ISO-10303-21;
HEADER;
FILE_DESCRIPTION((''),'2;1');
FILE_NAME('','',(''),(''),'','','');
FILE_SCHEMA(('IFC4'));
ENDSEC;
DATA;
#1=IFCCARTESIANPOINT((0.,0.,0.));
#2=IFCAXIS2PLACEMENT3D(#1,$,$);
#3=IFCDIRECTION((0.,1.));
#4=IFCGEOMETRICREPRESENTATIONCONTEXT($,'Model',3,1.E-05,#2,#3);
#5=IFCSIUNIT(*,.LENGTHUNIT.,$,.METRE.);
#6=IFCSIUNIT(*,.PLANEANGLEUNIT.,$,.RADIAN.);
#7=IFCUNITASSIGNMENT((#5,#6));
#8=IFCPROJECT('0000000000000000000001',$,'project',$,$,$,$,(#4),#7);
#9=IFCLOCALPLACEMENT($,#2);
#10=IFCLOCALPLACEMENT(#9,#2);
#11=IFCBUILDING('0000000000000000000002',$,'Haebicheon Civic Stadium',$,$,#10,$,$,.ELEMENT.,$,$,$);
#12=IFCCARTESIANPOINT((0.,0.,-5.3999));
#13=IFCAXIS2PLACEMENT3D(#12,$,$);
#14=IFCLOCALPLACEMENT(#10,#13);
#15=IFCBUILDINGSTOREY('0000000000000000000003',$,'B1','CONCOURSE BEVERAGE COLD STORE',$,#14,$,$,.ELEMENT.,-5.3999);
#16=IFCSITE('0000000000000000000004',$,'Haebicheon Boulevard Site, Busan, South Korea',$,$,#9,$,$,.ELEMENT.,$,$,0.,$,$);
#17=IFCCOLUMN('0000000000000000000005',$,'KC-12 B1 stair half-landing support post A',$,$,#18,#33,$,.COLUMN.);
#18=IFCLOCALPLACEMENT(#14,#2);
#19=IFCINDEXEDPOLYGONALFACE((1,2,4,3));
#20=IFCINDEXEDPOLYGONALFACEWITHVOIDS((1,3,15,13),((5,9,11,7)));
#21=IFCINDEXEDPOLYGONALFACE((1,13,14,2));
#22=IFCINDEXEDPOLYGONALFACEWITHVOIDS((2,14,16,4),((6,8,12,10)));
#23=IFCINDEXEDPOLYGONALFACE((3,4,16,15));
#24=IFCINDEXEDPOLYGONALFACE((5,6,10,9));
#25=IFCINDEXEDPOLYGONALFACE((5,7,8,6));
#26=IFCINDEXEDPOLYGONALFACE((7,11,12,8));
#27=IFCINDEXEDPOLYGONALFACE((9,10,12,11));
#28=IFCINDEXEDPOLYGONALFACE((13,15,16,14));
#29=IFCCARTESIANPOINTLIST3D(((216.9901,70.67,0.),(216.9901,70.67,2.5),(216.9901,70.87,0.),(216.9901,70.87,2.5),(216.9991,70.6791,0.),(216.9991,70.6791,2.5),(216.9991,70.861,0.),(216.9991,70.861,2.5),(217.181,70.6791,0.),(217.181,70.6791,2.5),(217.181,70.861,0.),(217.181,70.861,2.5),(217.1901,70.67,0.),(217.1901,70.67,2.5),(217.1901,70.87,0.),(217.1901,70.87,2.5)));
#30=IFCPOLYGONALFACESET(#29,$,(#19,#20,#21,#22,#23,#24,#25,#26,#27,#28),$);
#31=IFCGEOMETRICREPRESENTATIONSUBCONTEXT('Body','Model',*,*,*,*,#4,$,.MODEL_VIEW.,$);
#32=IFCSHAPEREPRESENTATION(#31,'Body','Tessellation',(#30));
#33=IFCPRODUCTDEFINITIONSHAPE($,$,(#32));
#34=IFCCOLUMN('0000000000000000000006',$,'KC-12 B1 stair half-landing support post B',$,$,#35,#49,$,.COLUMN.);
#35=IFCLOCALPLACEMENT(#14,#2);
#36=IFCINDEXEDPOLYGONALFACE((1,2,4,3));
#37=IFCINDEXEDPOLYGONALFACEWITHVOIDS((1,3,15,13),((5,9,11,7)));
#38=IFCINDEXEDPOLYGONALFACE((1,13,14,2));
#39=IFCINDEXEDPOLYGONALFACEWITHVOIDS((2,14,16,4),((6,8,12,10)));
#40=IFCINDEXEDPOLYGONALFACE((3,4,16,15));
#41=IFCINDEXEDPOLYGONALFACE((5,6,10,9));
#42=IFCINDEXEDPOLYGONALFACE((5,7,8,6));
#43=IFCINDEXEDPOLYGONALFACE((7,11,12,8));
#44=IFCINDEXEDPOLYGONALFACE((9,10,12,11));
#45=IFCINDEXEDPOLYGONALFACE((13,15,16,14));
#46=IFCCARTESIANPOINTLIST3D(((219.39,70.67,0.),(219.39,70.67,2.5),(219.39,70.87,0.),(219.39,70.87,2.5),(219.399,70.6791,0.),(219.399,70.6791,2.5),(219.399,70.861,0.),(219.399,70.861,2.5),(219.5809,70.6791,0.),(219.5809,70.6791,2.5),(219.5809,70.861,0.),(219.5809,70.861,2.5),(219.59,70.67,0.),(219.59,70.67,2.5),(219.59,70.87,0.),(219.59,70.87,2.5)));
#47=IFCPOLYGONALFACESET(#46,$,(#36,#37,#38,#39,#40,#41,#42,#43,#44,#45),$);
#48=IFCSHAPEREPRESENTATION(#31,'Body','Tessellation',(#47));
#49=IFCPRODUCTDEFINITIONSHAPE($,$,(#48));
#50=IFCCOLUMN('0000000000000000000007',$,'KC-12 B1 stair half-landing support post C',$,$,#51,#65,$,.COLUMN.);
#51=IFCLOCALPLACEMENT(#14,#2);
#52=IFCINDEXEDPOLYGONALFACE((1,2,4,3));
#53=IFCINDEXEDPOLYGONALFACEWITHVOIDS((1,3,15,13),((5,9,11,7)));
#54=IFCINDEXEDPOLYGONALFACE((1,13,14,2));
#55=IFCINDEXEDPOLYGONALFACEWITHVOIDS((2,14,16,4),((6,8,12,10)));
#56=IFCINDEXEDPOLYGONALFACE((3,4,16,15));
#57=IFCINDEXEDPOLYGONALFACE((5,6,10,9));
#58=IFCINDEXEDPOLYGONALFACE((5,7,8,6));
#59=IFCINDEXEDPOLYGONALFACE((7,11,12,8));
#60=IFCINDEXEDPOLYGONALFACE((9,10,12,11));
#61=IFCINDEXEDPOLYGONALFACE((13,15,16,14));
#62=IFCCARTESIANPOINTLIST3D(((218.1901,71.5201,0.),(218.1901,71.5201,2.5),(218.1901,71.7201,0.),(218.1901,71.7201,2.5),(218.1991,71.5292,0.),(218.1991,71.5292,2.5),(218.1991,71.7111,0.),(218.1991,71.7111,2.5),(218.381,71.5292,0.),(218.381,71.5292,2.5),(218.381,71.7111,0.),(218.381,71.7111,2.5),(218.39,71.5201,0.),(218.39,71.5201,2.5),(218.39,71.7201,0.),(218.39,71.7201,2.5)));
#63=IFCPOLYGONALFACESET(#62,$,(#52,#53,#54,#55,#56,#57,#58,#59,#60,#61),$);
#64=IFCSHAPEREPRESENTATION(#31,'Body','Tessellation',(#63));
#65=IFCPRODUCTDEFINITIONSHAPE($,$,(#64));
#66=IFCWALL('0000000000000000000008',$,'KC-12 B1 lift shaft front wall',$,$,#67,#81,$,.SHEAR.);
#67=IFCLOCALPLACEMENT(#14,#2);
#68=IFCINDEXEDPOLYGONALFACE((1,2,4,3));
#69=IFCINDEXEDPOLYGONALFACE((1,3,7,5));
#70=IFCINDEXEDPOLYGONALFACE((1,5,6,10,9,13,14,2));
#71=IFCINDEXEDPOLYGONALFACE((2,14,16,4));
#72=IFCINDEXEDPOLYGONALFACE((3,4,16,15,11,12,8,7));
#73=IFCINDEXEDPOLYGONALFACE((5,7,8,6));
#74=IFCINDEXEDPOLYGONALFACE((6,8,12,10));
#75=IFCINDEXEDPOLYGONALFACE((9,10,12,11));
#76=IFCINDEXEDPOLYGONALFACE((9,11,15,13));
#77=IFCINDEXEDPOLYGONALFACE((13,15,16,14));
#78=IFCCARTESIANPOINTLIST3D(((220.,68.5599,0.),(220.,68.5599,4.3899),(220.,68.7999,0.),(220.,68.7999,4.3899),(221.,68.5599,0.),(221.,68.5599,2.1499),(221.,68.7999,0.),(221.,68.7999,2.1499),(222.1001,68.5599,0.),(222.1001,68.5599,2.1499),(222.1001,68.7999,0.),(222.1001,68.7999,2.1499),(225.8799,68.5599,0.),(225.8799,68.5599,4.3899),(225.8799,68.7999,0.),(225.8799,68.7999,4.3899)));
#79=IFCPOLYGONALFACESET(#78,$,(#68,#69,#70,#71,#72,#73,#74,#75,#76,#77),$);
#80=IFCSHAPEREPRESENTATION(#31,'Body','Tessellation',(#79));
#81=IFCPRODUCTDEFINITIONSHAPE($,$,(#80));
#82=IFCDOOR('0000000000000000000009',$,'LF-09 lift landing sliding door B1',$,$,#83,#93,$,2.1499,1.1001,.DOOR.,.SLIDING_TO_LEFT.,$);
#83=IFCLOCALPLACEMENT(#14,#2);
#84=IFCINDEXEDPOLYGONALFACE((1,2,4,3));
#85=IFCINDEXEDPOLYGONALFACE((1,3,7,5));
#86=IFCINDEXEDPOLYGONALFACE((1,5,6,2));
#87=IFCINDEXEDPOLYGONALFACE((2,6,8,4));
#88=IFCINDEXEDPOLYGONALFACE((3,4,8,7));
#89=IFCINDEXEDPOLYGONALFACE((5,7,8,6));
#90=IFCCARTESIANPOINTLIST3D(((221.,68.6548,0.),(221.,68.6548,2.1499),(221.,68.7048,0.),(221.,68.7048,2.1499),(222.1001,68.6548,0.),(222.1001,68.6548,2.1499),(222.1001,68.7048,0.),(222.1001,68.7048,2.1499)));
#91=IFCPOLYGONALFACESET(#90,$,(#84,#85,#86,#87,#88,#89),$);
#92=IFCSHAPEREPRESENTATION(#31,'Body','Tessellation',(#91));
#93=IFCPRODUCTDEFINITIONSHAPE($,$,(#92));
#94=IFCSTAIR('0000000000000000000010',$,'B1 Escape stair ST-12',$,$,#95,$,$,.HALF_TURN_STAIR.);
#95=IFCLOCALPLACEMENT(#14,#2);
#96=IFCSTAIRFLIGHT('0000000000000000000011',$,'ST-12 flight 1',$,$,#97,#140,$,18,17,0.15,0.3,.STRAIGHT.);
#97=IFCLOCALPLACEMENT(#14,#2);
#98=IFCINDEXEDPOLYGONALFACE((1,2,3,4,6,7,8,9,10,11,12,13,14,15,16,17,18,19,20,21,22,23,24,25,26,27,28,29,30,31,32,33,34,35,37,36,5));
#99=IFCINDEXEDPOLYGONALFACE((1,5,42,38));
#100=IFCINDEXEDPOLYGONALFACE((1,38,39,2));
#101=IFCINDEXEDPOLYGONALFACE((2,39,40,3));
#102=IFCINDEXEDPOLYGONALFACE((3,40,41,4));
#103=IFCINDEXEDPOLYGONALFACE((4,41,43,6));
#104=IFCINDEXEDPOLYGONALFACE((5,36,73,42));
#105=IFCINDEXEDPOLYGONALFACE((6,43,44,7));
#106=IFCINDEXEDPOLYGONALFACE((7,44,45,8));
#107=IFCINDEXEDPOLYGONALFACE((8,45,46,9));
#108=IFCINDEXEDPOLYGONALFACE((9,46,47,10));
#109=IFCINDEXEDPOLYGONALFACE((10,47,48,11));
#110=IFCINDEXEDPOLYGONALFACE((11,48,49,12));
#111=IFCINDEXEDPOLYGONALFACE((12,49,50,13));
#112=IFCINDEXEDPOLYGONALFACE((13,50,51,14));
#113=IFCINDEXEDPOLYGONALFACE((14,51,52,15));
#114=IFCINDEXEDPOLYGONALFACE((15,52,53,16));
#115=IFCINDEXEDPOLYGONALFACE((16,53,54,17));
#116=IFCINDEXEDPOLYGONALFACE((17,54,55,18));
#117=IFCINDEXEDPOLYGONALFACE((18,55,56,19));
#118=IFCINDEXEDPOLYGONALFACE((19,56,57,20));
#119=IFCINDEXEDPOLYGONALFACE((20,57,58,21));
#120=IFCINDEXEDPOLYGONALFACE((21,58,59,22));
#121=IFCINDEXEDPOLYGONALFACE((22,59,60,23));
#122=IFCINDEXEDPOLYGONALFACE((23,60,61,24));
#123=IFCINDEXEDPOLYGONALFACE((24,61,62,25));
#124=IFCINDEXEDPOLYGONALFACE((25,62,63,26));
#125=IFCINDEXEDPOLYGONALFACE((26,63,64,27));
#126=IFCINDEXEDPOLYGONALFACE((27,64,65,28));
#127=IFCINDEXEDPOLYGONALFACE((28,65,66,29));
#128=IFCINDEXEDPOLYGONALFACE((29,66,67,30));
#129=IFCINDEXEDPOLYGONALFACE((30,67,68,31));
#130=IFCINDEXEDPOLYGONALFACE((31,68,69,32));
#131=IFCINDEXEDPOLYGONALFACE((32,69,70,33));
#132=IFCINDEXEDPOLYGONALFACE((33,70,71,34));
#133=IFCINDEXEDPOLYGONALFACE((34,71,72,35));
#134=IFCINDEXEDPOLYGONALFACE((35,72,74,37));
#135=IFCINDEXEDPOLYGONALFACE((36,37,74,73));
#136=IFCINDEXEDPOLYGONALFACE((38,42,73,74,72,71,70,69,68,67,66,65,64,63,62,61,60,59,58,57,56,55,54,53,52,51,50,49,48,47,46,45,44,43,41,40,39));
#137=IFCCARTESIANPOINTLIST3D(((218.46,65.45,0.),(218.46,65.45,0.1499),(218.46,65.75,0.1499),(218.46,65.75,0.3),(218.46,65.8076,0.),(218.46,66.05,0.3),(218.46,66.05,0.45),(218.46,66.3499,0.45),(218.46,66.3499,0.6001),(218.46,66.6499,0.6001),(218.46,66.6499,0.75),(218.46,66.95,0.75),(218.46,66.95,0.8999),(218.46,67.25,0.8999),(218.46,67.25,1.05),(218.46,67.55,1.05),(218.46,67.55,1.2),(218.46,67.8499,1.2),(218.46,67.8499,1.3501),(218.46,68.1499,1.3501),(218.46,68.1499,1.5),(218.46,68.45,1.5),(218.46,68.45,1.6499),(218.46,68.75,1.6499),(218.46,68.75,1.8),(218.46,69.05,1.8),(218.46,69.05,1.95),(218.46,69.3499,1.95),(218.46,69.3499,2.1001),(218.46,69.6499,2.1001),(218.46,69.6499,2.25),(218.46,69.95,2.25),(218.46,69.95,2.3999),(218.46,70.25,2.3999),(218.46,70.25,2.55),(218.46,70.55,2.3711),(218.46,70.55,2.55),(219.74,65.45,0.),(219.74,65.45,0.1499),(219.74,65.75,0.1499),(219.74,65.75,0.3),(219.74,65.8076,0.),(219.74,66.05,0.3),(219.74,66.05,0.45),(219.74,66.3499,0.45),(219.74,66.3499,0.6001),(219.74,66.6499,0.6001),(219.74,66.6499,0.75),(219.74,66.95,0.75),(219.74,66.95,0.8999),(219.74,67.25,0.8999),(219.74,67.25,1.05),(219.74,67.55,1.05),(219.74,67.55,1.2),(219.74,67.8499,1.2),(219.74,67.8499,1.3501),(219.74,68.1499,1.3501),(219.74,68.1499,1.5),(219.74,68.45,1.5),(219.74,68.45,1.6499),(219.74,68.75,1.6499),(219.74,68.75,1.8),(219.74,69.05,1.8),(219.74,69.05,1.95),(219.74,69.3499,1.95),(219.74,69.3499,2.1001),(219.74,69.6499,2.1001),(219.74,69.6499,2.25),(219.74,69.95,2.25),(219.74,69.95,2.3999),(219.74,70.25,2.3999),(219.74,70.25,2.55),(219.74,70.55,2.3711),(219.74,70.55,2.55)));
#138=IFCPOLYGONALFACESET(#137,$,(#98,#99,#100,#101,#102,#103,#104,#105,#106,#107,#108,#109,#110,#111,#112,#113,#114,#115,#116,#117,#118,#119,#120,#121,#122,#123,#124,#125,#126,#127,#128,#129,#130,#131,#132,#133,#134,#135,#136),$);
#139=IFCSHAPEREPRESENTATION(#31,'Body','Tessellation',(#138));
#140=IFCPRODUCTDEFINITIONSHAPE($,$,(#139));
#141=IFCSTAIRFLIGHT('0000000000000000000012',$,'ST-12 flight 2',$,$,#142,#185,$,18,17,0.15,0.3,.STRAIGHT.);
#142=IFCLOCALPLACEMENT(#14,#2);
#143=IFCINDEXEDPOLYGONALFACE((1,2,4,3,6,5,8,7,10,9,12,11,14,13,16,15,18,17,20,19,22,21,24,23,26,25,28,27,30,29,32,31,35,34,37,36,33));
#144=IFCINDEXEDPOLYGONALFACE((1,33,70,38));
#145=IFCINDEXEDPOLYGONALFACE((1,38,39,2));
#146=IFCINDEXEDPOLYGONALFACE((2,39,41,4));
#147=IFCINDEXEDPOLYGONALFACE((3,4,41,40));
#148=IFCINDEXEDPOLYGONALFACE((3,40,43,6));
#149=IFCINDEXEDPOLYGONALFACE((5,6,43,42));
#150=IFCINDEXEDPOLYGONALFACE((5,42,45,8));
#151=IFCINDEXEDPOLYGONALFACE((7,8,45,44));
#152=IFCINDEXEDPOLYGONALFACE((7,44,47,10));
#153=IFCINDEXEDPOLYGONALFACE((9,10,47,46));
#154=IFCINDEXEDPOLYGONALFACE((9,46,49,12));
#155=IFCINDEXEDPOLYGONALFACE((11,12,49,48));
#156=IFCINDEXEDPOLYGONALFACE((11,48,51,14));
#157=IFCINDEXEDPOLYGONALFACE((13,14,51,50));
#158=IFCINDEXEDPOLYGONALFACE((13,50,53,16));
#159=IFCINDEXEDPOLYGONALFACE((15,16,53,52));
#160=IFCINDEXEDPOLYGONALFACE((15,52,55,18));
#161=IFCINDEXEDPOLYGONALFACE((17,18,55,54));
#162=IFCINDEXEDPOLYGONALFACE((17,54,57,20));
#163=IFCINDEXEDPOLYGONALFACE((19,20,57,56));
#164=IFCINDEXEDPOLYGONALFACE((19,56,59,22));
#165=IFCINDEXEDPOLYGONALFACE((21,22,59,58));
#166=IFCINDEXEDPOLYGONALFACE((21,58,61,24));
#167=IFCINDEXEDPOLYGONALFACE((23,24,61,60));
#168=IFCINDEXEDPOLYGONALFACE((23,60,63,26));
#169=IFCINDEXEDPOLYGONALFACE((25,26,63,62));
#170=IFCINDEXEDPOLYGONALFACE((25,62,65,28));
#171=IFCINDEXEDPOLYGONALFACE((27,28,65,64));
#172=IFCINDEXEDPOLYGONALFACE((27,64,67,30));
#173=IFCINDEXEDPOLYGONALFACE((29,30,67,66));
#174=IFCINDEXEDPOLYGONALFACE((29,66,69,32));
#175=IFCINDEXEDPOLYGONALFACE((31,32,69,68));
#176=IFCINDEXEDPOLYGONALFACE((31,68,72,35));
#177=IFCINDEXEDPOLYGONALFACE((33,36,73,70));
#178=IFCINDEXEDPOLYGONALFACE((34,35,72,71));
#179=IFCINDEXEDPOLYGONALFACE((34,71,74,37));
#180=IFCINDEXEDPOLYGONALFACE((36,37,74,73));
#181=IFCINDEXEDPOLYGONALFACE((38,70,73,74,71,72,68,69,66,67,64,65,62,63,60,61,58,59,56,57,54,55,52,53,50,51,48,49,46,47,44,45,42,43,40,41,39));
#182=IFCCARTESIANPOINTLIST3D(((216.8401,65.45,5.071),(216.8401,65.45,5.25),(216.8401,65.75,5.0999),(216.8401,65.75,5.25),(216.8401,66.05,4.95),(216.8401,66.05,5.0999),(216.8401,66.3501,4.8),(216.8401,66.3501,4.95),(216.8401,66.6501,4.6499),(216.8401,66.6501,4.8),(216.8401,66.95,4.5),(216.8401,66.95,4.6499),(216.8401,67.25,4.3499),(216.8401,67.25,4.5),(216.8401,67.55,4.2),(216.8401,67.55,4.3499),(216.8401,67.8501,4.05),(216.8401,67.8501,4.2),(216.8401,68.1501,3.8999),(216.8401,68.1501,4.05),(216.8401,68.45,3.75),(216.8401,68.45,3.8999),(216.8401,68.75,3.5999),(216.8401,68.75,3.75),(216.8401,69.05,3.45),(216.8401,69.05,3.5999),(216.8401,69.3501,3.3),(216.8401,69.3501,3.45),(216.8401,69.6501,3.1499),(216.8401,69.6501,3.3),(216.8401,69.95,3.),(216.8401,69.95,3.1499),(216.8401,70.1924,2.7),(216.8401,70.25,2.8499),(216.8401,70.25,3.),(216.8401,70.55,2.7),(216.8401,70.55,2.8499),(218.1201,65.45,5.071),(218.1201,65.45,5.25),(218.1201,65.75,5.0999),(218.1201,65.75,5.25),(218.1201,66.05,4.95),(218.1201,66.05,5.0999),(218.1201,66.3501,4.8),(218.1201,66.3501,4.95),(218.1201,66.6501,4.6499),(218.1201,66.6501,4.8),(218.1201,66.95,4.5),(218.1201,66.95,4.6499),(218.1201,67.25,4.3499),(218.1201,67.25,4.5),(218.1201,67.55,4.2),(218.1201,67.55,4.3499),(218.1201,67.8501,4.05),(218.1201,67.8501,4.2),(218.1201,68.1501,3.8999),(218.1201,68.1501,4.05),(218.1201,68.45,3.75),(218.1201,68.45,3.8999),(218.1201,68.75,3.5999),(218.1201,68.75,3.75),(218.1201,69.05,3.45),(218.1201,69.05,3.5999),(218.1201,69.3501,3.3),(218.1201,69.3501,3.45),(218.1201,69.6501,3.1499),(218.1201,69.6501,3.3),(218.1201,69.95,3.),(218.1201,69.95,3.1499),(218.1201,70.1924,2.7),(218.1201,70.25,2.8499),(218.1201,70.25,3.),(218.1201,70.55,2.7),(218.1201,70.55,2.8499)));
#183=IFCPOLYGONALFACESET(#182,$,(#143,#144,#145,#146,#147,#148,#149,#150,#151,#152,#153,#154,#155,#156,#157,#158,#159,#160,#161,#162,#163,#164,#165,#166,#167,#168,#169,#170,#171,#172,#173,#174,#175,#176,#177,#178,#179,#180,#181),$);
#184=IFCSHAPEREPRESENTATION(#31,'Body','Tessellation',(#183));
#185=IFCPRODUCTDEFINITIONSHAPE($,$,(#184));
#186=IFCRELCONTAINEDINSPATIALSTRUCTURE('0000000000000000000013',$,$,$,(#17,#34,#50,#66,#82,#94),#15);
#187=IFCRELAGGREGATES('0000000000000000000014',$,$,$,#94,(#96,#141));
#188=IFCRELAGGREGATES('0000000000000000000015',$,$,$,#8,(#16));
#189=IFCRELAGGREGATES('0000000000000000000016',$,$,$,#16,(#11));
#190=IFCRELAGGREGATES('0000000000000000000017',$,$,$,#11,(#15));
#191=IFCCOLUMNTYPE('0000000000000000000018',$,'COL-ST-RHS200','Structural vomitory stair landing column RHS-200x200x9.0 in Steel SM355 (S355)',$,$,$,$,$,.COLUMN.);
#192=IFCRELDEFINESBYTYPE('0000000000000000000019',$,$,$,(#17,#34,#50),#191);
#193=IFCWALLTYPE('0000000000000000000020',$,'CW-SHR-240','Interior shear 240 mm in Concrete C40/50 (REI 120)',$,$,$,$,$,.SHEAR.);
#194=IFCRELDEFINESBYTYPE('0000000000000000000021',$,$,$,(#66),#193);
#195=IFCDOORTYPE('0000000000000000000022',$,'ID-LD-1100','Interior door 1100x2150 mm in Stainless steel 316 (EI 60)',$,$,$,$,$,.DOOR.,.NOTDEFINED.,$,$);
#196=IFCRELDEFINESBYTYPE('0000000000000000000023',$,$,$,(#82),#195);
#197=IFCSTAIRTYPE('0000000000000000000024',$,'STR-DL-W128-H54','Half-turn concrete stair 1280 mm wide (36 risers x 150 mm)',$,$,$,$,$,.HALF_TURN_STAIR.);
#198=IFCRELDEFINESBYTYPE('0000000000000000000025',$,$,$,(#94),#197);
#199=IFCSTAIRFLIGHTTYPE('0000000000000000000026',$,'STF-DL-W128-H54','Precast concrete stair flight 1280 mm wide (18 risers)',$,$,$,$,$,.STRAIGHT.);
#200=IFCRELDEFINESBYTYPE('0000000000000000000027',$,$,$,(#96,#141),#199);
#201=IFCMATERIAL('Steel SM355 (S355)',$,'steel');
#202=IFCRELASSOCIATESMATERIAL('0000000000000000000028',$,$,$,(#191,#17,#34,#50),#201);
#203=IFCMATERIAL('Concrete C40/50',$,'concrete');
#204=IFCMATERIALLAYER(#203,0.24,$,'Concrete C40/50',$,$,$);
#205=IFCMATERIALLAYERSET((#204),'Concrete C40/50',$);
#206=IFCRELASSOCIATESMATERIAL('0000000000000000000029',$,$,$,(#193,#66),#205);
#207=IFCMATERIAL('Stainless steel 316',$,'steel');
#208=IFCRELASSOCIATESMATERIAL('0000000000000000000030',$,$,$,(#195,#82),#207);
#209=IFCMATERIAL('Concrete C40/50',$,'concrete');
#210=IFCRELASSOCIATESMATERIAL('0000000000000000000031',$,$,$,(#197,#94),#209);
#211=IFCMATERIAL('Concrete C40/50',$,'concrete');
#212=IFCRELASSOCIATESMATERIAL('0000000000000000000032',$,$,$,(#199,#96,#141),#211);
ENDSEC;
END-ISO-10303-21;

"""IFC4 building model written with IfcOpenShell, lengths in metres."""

from ifc_helpers import new_model, si_unit, direction, frame, frame_2d, origin, origin_2d, place, context, subcontext, project, spatial, polyline, rectangle, hollow_rectangle, outline, extrude, material, layer, layer_set, material_profile, profile_set, type_object, element, fill, aggregate, save


model = new_model("IFC4")

# Units and contexts
model_context = context("Model", 3, precision=1e-05, world=origin(), true_north=direction((0.0, 1.0)))
body_context = subcontext(model_context, "Body", "Model", "MODEL_VIEW")
ifc_project = project(units=[si_unit("LENGTHUNIT", "METRE"), si_unit("PLANEANGLEUNIT", "RADIAN")], contexts=[model_context])

# Site, building, storey
site_placement = place(None, origin())
site = spatial("IfcSite", under=ifc_project, at=site_placement, Name="Haebicheon Boulevard Site, Busan, South Korea", CompositionType="ELEMENT", RefElevation=0.0)
building_placement = place(site_placement, origin())
building = spatial("IfcBuilding", under=site, at=building_placement, Name="Haebicheon Civic Stadium", CompositionType="ELEMENT")
storey_placement = place(building_placement, frame((0.0, 0.0, -5.3999)))
storey = spatial("IfcBuildingStorey", under=building, at=storey_placement, Name="B1", Description="CONCOURSE BEVERAGE COLD STORE", CompositionType="ELEMENT", Elevation=-5.3999)

# Columns
ifc_material_1 = material(Name="Steel SM355 (S355)", Category="steel")
ifc_material_profile_1 = material_profile(ifc_material_1, hollow_rectangle(XDim=0.2, YDim=0.2, WallThickness=0.009, at=origin_2d()), Name="RHS-200x200x9.0")
ifc_profile_set_1 = profile_set([ifc_material_profile_1], Name="Steel SM355 (S355)")
column_type = type_object("IfcColumnType", Name="COL-ST-RHS200", Description="Structural vomitory stair landing column RHS-200x200x9.0 in Steel SM355 (S355)", PredefinedType="COLUMN", material=ifc_profile_set_1)
for number, where, z_axis, x_axis, name in (
    (1, (217.0901, 70.77, 0.0), (0.0, 0.0, 1.0), (1.0, 0.0, 0.0), "KC-12 B1 stair half-landing support post A"),
    (2, (219.49, 70.77, 0.0), (0.0, 0.0, 1.0), (1.0, 0.0, 0.0), "KC-12 B1 stair half-landing support post B"),
    (3, (218.29, 71.6201, 0.0), (0.0, 0.0, 1.0), (1.0, 0.0, 0.0), "KC-12 B1 stair half-landing support post C"),
):
    element("IfcColumn", number, at=place(storey_placement, frame(where, z_axis=z_axis, x_axis=x_axis)), inside=storey, type_object=column_type, material=ifc_profile_set_1, Name=name, PredefinedType="COLUMN", context=body_context, shape_type="SweptSolid", body=[
        extrude(hollow_rectangle(XDim=0.2, YDim=0.2, WallThickness=0.009, at=origin_2d()), origin(), (0.0, 0.0, 1.0), 2.5),
    ])

# Wall, opening, door
ifc_material_2 = material(Name="Concrete C40/50", Category="concrete")
ifc_layer_1 = layer(ifc_material_2, 0.24, Name="Concrete C40/50")
ifc_layer_set_1 = layer_set([ifc_layer_1], Name="Concrete C40/50")
wall_type = type_object("IfcWallType", Name="CW-SHR-240", Description="Interior shear 240 mm in Concrete C40/50 (REI 120)", PredefinedType="SHEAR", material=ifc_layer_set_1)
wall_placement = place(storey_placement, frame((220.0, 68.6799, 0.0), z_axis=(0.0, 0.0, 1.0), x_axis=(1.0, 0.0, 0.0)))
wall = element("IfcWall", 4, at=wall_placement, inside=storey, type_object=wall_type, material=ifc_layer_set_1, Name="KC-12 B1 lift shaft front wall", PredefinedType="SHEAR", context=body_context, shape_type="SweptSolid", body=[
    extrude(rectangle(XDim=5.8799, YDim=0.24, at=frame_2d((2.9399, 0.0))), origin(), (0.0, 0.0, 1.0), 4.3899),
])
opening_placement = place(wall_placement, frame((1.0, 0.0, 0.0)))
opening = element("IfcOpeningElement", 5, at=opening_placement, cuts=wall, PredefinedType="OPENING", context=body_context, shape_type="SweptSolid", body=[
    extrude(rectangle(XDim=1.1001, YDim=2.1499, at=frame_2d((0.55, 1.075))), frame((0.0, 0.1299, 0.0), z_axis=(0.0, -1.0, 0.0), x_axis=(1.0, 0.0, 0.0)), (0.0, 0.0, 1.0), 0.26),
])
ifc_material_3 = material(Name="Stainless steel 316", Category="steel")
door_type = type_object("IfcDoorType", Name="ID-LD-1100", Description="Interior door 1100x2150 mm in Stainless steel 316 (EI 60)", OperationType="NOTDEFINED", PredefinedType="DOOR", material=ifc_material_3)
door_placement = place(opening_placement, origin())
door = element("IfcDoor", 6, at=door_placement, inside=storey, type_object=door_type, material=ifc_material_3, Name="LF-09 lift landing sliding door B1", OperationType="SLIDING_TO_LEFT", OverallHeight=2.1499, OverallWidth=1.1001, PredefinedType="DOOR", context=body_context, shape_type="SweptSolid", body=[
    extrude(rectangle(XDim=1.1001, YDim=2.1499, at=frame_2d((0.55, 1.075))), frame((0.0, 0.0249, 0.0), z_axis=(0.0, -1.0, 0.0), x_axis=(1.0, 0.0, 0.0)), (0.0, 0.0, 1.0), 0.05),
])
fill(opening, door)

# Stair, stair flights
ifc_material_4 = material(Name="Concrete C40/50", Category="concrete")
stair_type = type_object("IfcStairType", Name="STR-DL-W128-H54", Description="Half-turn concrete stair 1280 mm wide (36 risers x 150 mm)", PredefinedType="HALF_TURN_STAIR", material=ifc_material_4)
stair_placement = place(storey_placement, origin())
stair = element("IfcStair", 7, at=stair_placement, inside=storey, type_object=stair_type, material=ifc_material_4, Name="B1 Escape stair ST-12", PredefinedType="HALF_TURN_STAIR")
ifc_material_5 = material(Name="Concrete C40/50", Category="concrete")
stair_flight_type = type_object("IfcStairFlightType", Name="STF-DL-W128-H54", Description="Precast concrete stair flight 1280 mm wide (18 risers)", PredefinedType="STRAIGHT", material=ifc_material_5)
stair_flight_1_placement = place(storey_placement, frame((219.1001, 65.45, 0.0), z_axis=(0.0, 0.0, 1.0), x_axis=(0.0, 1.0, 0.0)))
stair_flight_1 = element("IfcStairFlight", 8, at=stair_flight_1_placement, type_object=stair_flight_type, material=ifc_material_5, Name="ST-12 flight 1", NumberOfRisers=18, NumberOfTreads=17, PredefinedType="STRAIGHT", RiserHeight=0.15, TreadLength=0.3, context=body_context, shape_type="SweptSolid", body=[
    extrude(outline(polyline([(0.0, 0.0), (0.0, 0.1499), (0.3, 0.1499), (0.3, 0.3), (0.6001, 0.3), (0.6001, 0.45), (0.8999, 0.45), (0.8999, 0.6001), (1.2, 0.6001), (1.2, 0.75), (1.5, 0.75), (1.5, 0.8999), (1.8, 0.8999), (1.8, 1.05), (2.1001, 1.05), (2.1001, 1.2), (2.3999, 1.2), (2.3999, 1.3501), (2.7, 1.3501), (2.7, 1.5), (3.0, 1.5), (3.0, 1.6499), (3.3, 1.6499), (3.3, 1.8), (3.6001, 1.8), (3.6001, 1.95), (3.8999, 1.95), (3.8999, 2.1001), (4.2, 2.1001), (4.2, 2.25), (4.5, 2.25), (4.5, 2.3999), (4.8, 2.3999), (4.8, 2.55), (5.1001, 2.55), (5.1001, 2.7), (5.1001, 2.3711), (0.3577, 0.0), (0.0, 0.0)])), frame((0.0, 0.6401, 0.0), z_axis=(0.0, -1.0, 0.0), x_axis=(1.0, 0.0, 0.0)), (0.0, 0.0, 1.0), 1.28),
])
stair_flight_2_placement = place(storey_placement, frame((217.48, 70.55, 2.7), z_axis=(0.0, 0.0, 1.0), x_axis=(0.0, -1.0, 0.0)))
stair_flight_2 = element("IfcStairFlight", 9, at=stair_flight_2_placement, type_object=stair_flight_type, material=ifc_material_5, Name="ST-12 flight 2", NumberOfRisers=18, NumberOfTreads=17, PredefinedType="STRAIGHT", RiserHeight=0.15, TreadLength=0.3, context=body_context, shape_type="SweptSolid", body=[
    extrude(outline(polyline([(0.0, 0.0), (0.0, 0.1499), (0.3, 0.1499), (0.3, 0.3), (0.6001, 0.3), (0.6001, 0.45), (0.8999, 0.45), (0.8999, 0.6001), (1.2, 0.6001), (1.2, 0.75), (1.5, 0.75), (1.5, 0.8999), (1.8, 0.8999), (1.8, 1.05), (2.1001, 1.05), (2.1001, 1.2), (2.3999, 1.2), (2.3999, 1.3501), (2.7, 1.3501), (2.7, 1.5), (3.0, 1.5), (3.0, 1.6499), (3.3, 1.6499), (3.3, 1.8), (3.6001, 1.8), (3.6001, 1.95), (3.8999, 1.95), (3.8999, 2.1001), (4.2, 2.1001), (4.2, 2.25), (4.5, 2.25), (4.5, 2.3999), (4.8, 2.3999), (4.8, 2.55), (5.1001, 2.55), (5.1001, 2.7), (5.1001, 2.3711), (0.3577, 0.0), (0.0, 0.0)])), frame((0.0, 0.6401, 0.0), z_axis=(0.0, -1.0, 0.0), x_axis=(1.0, 0.0, 0.0)), (0.0, 0.0, 1.0), 1.28),
])
aggregate(stair, [stair_flight_1, stair_flight_2])

save(model, "model.ifc")
